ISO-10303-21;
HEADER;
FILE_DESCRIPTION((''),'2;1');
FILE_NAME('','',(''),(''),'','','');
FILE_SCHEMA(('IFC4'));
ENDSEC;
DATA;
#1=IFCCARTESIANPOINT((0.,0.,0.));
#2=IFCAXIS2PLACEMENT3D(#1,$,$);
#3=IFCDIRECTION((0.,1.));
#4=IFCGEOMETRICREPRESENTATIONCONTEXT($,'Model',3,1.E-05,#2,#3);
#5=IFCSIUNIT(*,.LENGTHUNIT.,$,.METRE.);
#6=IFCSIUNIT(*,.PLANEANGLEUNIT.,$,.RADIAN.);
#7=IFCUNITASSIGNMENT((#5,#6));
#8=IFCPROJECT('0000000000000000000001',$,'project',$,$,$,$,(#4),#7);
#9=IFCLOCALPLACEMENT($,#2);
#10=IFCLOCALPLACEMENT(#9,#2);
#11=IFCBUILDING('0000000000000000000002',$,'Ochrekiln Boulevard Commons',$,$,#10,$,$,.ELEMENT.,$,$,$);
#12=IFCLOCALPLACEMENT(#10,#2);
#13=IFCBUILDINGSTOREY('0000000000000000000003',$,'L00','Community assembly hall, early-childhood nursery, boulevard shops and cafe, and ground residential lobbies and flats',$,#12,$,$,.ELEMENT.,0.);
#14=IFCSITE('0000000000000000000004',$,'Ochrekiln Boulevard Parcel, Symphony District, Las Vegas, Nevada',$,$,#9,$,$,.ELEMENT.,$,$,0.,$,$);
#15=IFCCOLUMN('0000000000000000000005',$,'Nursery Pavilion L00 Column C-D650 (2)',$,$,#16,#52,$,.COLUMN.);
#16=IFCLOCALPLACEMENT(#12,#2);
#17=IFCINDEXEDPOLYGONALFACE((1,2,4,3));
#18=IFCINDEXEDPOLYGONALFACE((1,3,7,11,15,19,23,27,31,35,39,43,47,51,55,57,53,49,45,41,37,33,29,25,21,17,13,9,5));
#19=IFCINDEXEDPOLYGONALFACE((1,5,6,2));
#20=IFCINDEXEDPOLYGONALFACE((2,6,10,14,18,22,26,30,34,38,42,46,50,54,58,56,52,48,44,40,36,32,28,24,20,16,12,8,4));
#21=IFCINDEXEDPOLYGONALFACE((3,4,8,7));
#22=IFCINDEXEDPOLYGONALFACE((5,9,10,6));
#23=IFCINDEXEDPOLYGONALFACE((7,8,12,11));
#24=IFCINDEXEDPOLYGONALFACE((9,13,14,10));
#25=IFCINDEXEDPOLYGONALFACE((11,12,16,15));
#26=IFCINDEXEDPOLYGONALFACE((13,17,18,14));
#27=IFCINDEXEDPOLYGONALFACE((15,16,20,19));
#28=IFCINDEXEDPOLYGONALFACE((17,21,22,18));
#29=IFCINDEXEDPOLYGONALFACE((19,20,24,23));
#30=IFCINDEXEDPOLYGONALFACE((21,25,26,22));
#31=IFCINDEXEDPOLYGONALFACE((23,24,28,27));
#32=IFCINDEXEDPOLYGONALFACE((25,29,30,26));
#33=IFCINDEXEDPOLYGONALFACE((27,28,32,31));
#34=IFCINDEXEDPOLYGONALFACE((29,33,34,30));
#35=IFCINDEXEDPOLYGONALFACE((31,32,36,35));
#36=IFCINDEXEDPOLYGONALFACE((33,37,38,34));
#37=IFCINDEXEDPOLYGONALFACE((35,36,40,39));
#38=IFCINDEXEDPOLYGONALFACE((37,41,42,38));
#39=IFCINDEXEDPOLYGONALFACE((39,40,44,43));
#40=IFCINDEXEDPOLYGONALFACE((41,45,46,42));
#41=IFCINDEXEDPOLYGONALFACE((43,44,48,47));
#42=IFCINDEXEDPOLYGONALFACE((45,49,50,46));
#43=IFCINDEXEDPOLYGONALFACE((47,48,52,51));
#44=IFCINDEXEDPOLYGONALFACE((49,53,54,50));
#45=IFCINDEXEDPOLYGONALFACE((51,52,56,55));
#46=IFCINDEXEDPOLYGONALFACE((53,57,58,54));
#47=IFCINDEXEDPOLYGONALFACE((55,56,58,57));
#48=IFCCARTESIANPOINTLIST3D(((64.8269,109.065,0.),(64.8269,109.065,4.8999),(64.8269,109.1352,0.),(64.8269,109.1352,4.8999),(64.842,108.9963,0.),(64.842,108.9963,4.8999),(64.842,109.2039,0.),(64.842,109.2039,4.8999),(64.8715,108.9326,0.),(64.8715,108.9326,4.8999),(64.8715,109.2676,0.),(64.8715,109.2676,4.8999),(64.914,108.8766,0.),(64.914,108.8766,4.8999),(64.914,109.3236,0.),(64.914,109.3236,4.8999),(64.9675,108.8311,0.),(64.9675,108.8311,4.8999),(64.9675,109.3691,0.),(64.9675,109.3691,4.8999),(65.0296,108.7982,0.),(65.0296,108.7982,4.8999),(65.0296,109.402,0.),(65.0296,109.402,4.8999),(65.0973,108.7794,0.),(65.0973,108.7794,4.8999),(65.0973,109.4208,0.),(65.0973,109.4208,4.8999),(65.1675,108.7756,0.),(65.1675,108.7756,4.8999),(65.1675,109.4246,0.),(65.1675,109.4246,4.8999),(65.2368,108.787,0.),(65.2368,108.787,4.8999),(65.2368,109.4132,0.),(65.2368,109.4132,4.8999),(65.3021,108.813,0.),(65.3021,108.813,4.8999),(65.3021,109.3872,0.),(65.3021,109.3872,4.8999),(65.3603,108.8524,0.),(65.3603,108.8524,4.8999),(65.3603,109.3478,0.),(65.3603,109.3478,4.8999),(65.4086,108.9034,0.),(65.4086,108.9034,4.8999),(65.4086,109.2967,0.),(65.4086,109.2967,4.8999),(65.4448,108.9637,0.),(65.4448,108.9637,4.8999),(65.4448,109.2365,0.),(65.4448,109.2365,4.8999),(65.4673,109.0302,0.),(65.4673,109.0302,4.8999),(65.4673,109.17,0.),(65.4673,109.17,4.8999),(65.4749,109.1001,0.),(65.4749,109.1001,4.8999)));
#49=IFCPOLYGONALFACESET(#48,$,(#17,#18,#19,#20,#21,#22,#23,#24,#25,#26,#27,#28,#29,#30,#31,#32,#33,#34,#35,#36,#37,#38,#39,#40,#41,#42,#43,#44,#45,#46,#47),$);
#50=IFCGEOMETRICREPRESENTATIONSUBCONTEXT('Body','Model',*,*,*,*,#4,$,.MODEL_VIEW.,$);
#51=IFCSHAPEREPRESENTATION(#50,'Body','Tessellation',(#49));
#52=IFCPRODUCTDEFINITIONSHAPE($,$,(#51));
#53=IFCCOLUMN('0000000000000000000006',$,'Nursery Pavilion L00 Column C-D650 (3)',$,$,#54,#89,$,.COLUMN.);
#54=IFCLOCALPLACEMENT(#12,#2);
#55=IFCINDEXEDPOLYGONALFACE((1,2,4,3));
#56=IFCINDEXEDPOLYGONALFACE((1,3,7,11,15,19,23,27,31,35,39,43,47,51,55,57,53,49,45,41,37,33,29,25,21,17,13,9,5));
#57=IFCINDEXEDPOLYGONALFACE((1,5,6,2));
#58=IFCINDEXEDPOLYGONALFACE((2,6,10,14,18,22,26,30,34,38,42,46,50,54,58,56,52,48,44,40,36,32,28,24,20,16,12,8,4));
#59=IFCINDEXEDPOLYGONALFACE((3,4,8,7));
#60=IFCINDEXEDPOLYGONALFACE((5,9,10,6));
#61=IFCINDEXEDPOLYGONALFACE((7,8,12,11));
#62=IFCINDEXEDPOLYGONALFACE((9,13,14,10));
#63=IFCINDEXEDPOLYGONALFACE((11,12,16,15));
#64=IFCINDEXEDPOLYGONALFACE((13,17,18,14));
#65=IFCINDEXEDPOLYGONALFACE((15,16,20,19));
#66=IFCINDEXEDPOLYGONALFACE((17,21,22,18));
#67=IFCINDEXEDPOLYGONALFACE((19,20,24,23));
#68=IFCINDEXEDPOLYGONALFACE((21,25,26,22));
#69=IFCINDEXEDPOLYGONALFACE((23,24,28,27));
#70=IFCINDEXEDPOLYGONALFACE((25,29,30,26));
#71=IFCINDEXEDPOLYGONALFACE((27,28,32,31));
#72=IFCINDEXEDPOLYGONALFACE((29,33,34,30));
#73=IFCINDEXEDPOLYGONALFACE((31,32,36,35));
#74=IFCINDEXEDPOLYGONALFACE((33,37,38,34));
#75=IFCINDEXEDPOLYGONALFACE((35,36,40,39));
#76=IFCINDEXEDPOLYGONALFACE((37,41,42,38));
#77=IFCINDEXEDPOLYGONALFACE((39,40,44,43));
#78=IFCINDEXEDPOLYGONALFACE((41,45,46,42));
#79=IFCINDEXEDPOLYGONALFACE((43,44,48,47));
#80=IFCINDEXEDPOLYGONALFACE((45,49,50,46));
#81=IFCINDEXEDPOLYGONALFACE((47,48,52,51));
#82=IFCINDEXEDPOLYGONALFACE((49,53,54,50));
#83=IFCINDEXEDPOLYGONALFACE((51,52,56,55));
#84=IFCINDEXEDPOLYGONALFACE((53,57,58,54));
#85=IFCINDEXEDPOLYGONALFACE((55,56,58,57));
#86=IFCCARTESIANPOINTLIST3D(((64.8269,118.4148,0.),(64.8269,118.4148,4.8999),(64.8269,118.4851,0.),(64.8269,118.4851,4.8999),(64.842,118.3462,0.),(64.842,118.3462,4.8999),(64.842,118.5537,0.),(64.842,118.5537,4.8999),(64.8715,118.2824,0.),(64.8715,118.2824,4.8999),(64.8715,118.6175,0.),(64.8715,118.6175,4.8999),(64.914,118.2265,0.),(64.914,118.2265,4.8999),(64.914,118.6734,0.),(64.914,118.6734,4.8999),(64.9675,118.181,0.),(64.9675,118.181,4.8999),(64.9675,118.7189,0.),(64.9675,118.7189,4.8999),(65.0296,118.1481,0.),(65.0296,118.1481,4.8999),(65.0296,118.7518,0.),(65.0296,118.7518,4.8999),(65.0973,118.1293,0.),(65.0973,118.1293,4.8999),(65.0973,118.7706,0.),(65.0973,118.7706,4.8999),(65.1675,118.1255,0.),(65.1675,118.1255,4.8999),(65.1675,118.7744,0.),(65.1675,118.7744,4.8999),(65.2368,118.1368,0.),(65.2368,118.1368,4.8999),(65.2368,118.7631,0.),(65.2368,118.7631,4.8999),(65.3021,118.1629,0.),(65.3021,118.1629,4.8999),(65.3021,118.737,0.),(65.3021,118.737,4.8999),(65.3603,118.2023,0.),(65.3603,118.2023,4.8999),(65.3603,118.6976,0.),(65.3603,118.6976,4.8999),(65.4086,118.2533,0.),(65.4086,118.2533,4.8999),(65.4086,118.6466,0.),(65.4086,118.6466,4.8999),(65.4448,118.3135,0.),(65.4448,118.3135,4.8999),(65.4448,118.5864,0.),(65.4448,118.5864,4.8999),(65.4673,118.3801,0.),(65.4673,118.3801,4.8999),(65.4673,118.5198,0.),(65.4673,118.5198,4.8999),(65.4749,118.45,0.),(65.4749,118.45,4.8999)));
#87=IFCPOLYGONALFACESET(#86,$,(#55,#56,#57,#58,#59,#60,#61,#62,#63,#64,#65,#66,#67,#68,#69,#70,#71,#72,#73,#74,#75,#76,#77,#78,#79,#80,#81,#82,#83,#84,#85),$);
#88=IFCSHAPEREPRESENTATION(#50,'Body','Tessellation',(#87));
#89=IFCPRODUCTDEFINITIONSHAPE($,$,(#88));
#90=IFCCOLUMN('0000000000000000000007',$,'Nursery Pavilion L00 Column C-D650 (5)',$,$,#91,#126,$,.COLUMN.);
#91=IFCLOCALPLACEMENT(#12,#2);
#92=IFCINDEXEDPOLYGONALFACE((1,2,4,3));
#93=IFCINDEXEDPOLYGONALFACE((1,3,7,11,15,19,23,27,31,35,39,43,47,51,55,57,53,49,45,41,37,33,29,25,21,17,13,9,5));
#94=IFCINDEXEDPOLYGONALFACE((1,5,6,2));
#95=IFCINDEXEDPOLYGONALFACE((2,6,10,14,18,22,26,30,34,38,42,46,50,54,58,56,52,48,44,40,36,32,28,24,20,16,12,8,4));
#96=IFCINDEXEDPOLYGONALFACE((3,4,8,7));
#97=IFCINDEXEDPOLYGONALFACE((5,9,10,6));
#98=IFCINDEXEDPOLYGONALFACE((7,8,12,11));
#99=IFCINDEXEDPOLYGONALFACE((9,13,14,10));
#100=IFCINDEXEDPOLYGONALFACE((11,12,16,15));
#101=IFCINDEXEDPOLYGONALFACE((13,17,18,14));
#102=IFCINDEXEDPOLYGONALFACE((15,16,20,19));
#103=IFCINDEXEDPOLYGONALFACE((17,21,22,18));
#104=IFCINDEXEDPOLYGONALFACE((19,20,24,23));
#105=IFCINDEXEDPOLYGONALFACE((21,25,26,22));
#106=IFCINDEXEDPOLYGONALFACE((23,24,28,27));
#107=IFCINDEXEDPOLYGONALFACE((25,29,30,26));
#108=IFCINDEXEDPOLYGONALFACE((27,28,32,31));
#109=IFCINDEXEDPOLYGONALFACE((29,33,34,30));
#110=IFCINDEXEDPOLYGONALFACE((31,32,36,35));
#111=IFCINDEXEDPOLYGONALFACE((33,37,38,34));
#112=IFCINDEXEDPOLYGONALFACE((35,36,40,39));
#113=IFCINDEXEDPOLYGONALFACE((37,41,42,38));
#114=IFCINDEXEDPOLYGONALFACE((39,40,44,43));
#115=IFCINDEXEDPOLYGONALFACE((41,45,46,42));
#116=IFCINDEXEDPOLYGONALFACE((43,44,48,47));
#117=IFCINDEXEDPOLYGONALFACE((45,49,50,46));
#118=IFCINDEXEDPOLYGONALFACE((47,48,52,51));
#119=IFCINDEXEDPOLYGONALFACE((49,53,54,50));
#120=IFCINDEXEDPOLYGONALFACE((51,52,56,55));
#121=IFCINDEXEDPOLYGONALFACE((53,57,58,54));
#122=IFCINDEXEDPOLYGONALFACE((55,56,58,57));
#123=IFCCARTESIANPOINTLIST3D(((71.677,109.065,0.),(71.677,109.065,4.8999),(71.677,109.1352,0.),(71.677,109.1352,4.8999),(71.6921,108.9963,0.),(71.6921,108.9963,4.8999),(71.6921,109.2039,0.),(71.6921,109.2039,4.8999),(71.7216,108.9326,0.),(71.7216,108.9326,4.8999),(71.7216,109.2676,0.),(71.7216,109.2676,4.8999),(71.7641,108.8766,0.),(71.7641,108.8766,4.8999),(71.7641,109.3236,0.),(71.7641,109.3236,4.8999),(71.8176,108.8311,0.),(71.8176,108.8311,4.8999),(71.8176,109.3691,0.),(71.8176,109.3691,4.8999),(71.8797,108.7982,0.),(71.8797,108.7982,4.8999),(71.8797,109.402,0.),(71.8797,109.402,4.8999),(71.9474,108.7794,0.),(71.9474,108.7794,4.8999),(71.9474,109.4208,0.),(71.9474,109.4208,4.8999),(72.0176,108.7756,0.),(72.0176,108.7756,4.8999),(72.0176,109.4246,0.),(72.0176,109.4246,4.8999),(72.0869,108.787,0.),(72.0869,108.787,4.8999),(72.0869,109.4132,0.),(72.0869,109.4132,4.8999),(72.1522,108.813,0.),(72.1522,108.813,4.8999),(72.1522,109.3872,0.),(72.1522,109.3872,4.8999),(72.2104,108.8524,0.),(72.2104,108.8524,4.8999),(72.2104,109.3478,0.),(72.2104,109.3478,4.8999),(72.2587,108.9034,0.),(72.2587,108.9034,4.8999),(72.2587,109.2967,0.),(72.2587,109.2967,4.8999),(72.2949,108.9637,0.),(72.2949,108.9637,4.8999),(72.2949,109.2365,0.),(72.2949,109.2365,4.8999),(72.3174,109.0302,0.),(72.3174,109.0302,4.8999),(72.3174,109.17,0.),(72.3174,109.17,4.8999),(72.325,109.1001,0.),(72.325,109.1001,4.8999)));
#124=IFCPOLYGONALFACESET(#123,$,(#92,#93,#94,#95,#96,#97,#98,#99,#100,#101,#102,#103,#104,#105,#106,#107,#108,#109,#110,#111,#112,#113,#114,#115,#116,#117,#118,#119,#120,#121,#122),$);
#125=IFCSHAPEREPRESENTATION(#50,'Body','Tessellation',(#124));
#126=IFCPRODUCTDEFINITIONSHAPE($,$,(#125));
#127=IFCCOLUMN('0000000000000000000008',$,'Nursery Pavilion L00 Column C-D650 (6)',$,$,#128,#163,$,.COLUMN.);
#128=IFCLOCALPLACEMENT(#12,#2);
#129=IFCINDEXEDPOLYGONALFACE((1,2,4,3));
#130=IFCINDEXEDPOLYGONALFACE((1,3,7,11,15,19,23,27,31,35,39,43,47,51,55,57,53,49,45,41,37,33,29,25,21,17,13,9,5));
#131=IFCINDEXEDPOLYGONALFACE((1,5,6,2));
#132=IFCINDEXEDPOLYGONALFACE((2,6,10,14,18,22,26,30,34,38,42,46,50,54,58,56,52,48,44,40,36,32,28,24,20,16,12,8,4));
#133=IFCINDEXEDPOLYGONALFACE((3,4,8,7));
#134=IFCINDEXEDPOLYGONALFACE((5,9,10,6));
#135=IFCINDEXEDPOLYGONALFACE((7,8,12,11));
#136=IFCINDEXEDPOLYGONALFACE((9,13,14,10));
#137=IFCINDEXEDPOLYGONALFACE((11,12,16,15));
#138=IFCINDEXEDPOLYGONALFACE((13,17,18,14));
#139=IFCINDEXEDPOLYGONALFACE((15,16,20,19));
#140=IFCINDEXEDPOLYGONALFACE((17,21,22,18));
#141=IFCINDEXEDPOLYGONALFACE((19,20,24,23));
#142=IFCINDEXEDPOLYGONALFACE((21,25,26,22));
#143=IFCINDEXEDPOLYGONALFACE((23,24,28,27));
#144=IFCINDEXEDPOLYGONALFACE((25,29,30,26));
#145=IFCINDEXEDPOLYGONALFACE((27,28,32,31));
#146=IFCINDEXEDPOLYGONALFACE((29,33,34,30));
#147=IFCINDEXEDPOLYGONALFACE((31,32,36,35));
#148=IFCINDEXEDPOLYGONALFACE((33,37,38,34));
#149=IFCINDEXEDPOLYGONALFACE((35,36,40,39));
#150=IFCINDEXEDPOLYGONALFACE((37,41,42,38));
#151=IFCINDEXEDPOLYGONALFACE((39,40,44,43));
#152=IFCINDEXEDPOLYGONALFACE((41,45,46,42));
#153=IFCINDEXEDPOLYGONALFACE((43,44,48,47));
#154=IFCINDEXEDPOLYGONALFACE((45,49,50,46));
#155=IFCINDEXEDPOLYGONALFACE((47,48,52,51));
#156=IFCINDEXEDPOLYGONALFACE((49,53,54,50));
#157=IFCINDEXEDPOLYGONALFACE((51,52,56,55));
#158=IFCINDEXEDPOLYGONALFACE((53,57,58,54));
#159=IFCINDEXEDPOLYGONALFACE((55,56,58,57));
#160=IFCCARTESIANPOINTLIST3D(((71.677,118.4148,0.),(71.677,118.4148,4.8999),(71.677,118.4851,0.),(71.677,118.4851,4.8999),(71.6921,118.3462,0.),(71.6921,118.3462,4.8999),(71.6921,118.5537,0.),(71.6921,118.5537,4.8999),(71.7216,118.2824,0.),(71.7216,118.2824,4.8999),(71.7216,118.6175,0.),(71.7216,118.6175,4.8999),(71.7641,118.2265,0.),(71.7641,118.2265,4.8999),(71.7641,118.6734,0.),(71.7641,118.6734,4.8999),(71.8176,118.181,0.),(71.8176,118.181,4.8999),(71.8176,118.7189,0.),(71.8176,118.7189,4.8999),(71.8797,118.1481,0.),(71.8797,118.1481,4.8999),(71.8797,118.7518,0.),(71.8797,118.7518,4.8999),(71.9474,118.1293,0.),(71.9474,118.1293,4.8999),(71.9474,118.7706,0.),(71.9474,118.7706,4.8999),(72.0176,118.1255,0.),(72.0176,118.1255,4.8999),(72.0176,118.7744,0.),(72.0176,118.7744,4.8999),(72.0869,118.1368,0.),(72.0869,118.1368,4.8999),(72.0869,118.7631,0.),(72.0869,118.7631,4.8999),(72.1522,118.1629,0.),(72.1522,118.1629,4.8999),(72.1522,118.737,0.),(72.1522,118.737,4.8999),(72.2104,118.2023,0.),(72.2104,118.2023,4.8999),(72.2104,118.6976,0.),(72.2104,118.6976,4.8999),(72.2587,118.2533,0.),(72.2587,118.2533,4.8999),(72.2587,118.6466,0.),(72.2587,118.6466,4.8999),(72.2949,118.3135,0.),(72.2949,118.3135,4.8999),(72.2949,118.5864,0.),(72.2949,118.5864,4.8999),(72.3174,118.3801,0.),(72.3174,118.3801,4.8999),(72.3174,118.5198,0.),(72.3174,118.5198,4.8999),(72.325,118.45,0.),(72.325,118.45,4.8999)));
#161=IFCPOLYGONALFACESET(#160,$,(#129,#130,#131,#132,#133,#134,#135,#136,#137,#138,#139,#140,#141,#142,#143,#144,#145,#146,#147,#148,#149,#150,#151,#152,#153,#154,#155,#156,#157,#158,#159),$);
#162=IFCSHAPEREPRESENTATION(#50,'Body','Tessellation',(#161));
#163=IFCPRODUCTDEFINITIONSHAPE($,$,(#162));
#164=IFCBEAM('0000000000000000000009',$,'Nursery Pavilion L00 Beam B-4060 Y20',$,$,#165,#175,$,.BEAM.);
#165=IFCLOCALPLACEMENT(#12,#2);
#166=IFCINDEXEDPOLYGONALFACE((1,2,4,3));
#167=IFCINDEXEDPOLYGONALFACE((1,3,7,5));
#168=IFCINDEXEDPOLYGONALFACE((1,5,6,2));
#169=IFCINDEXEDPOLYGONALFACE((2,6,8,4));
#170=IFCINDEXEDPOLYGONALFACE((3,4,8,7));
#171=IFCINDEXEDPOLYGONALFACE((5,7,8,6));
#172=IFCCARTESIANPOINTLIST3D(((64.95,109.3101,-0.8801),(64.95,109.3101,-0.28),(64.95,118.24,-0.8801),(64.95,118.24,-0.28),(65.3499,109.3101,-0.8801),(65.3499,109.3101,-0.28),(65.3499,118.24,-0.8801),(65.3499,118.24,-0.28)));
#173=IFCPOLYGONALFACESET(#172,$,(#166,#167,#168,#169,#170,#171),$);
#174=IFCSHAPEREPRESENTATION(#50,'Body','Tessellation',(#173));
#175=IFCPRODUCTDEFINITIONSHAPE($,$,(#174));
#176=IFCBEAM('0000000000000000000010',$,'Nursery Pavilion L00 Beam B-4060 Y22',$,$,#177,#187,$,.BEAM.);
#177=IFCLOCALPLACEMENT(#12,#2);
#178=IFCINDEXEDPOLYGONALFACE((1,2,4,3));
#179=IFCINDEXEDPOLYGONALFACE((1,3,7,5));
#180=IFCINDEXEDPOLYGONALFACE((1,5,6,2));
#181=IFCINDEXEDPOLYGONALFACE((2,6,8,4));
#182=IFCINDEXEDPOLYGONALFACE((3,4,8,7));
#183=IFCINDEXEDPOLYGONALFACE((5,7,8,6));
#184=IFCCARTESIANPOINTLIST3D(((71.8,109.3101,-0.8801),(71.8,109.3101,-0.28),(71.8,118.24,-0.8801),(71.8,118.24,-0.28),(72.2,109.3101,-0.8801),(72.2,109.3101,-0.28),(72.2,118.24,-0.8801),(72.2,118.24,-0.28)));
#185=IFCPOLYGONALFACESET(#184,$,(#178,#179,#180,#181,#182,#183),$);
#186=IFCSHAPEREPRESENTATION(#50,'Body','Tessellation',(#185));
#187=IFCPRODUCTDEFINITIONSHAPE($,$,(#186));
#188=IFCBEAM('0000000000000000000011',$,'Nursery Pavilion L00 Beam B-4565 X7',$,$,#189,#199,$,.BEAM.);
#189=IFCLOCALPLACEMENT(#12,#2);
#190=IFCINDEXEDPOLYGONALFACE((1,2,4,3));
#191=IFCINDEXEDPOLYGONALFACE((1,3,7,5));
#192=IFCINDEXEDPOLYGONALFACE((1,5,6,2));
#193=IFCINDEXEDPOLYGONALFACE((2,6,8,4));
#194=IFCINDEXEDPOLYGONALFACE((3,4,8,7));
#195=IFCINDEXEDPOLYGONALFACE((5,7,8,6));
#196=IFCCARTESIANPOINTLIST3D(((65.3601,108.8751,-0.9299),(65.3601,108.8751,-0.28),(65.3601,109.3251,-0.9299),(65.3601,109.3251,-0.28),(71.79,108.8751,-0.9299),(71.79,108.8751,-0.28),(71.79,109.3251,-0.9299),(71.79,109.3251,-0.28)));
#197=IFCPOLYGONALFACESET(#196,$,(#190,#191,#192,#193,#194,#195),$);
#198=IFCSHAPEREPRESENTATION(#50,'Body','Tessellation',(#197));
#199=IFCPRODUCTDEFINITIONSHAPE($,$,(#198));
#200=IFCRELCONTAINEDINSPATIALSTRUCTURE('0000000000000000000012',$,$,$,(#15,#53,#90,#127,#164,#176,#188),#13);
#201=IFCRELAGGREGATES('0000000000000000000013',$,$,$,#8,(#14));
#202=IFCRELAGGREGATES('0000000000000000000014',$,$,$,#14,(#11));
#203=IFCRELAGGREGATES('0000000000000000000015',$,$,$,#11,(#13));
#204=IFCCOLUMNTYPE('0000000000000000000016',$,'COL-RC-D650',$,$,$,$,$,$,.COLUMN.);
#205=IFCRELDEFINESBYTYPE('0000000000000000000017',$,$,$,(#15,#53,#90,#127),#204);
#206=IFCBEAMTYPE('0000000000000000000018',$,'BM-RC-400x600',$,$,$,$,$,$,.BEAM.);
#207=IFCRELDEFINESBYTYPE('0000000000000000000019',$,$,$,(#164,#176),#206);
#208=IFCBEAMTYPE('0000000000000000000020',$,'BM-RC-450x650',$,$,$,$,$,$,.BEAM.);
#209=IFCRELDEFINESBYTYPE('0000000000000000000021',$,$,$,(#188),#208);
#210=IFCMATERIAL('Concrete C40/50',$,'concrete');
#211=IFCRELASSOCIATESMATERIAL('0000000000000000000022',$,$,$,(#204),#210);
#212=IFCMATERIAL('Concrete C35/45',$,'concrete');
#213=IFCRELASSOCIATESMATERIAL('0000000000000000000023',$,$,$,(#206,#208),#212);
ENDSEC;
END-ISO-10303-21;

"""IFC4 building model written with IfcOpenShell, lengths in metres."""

from ifc_helpers import new_model, si_unit, direction, frame, origin, origin_2d, place, context, subcontext, project, spatial, rectangle, circle, extrude, material, material_profile, profile_set, type_object, element, save


model = new_model("IFC4")

# Units and contexts
model_context = context("Model", 3, precision=1e-05, world=origin(), true_north=direction((0.0, 1.0)))
body_context = subcontext(model_context, "Body", "Model", "MODEL_VIEW")
ifc_project = project(units=[si_unit("LENGTHUNIT", "METRE"), si_unit("PLANEANGLEUNIT", "RADIAN")], contexts=[model_context])

# Site, building, storey
site_placement = place(None, origin())
site = spatial("IfcSite", under=ifc_project, at=site_placement, Name="Ochrekiln Boulevard Parcel, Symphony District, Las Vegas, Nevada", CompositionType="ELEMENT", RefElevation=0.0)
building_placement = place(site_placement, origin())
building = spatial("IfcBuilding", under=site, at=building_placement, Name="Ochrekiln Boulevard Commons", CompositionType="ELEMENT")
storey_placement = place(building_placement, origin())
storey = spatial("IfcBuildingStorey", under=building, at=storey_placement, Name="L00", Description="Community assembly hall, early-childhood nursery, boulevard shops and cafe, and ground residential lobbies and flats", CompositionType="ELEMENT", Elevation=0.0)

# Columns
ifc_material_1 = material(Name="Concrete C40/50", Category="concrete")
ifc_material_profile_1 = material_profile(ifc_material_1, circle(Radius=0.325, at=origin_2d()), Name="RC-COL-D650")
ifc_profile_set_1 = profile_set([ifc_material_profile_1], Name="Concrete C40/50")
column_type = type_object("IfcColumnType", Name="COL-RC-D650", PredefinedType="COLUMN", material=ifc_profile_set_1)
for number, where, z_axis, x_axis, name in (
    (1, (65.1499, 109.1001, 0.0), (0.0, 0.0, 1.0), (1.0, 0.0, 0.0), "Nursery Pavilion L00 Column C-D650 (2)"),
    (2, (65.1499, 118.45, 0.0), (0.0, 0.0, 1.0), (1.0, 0.0, 0.0), "Nursery Pavilion L00 Column C-D650 (3)"),
    (3, (72.0, 109.1001, 0.0), (0.0, 0.0, 1.0), (1.0, 0.0, 0.0), "Nursery Pavilion L00 Column C-D650 (5)"),
    (4, (72.0, 118.45, 0.0), (0.0, 0.0, 1.0), (1.0, 0.0, 0.0), "Nursery Pavilion L00 Column C-D650 (6)"),
):
    element("IfcColumn", number, at=place(storey_placement, frame(where, z_axis=z_axis, x_axis=x_axis)), inside=storey, type_object=column_type, Name=name, PredefinedType="COLUMN", context=body_context, shape_type="SweptSolid", body=[
        extrude(circle(Radius=0.325, at=origin_2d()), origin(), (0.0, 0.0, 1.0), 4.8999),
    ])

# Beams
ifc_material_2 = material(Name="Concrete C35/45", Category="concrete")
ifc_material_profile_2 = material_profile(ifc_material_2, rectangle(XDim=0.3999, YDim=0.6001, at=origin_2d()), Name="RC-BM-400x600")
ifc_profile_set_2 = profile_set([ifc_material_profile_2], Name="Concrete C35/45")
beam_type_1 = type_object("IfcBeamType", Name="BM-RC-400x600", PredefinedType="BEAM", material=ifc_profile_set_2)
for number, where, z_axis, x_axis, name in (
    (5, (65.1499, 109.3101, -0.5801), (0.0, 1.0, 0.0), (-1.0, 0.0, 0.0), "Nursery Pavilion L00 Beam B-4060 Y20"),
    (6, (72.0, 109.3101, -0.5801), (0.0, 1.0, 0.0), (-1.0, 0.0, 0.0), "Nursery Pavilion L00 Beam B-4060 Y22"),
):
    element("IfcBeam", number, at=place(storey_placement, frame(where, z_axis=z_axis, x_axis=x_axis)), inside=storey, type_object=beam_type_1, Name=name, PredefinedType="BEAM", context=body_context, shape_type="SweptSolid", body=[
        extrude(rectangle(XDim=0.3999, YDim=0.6001, at=origin_2d()), origin(), (0.0, 0.0, 1.0), 8.9299),
    ])
ifc_material_profile_3 = material_profile(ifc_material_2, rectangle(XDim=0.45, YDim=0.6499, at=origin_2d()), Name="RC-BM-450x650")
ifc_profile_set_3 = profile_set([ifc_material_profile_3], Name="Concrete C35/45")
beam_type_2 = type_object("IfcBeamType", Name="BM-RC-450x650", PredefinedType="BEAM", material=ifc_profile_set_3)
beam_1_placement = place(storey_placement, frame((65.3601, 109.1001, -0.605), z_axis=(1.0, 0.0, 0.0), x_axis=(0.0, 1.0, 0.0)))
element("IfcBeam", 7, at=beam_1_placement, inside=storey, type_object=beam_type_2, Name="Nursery Pavilion L00 Beam B-4565 X7", PredefinedType="BEAM", context=body_context, shape_type="SweptSolid", body=[
    extrude(rectangle(XDim=0.45, YDim=0.6499, at=origin_2d()), origin(), (0.0, 0.0, 1.0), 6.4299),
])

save(model, "model.ifc")
